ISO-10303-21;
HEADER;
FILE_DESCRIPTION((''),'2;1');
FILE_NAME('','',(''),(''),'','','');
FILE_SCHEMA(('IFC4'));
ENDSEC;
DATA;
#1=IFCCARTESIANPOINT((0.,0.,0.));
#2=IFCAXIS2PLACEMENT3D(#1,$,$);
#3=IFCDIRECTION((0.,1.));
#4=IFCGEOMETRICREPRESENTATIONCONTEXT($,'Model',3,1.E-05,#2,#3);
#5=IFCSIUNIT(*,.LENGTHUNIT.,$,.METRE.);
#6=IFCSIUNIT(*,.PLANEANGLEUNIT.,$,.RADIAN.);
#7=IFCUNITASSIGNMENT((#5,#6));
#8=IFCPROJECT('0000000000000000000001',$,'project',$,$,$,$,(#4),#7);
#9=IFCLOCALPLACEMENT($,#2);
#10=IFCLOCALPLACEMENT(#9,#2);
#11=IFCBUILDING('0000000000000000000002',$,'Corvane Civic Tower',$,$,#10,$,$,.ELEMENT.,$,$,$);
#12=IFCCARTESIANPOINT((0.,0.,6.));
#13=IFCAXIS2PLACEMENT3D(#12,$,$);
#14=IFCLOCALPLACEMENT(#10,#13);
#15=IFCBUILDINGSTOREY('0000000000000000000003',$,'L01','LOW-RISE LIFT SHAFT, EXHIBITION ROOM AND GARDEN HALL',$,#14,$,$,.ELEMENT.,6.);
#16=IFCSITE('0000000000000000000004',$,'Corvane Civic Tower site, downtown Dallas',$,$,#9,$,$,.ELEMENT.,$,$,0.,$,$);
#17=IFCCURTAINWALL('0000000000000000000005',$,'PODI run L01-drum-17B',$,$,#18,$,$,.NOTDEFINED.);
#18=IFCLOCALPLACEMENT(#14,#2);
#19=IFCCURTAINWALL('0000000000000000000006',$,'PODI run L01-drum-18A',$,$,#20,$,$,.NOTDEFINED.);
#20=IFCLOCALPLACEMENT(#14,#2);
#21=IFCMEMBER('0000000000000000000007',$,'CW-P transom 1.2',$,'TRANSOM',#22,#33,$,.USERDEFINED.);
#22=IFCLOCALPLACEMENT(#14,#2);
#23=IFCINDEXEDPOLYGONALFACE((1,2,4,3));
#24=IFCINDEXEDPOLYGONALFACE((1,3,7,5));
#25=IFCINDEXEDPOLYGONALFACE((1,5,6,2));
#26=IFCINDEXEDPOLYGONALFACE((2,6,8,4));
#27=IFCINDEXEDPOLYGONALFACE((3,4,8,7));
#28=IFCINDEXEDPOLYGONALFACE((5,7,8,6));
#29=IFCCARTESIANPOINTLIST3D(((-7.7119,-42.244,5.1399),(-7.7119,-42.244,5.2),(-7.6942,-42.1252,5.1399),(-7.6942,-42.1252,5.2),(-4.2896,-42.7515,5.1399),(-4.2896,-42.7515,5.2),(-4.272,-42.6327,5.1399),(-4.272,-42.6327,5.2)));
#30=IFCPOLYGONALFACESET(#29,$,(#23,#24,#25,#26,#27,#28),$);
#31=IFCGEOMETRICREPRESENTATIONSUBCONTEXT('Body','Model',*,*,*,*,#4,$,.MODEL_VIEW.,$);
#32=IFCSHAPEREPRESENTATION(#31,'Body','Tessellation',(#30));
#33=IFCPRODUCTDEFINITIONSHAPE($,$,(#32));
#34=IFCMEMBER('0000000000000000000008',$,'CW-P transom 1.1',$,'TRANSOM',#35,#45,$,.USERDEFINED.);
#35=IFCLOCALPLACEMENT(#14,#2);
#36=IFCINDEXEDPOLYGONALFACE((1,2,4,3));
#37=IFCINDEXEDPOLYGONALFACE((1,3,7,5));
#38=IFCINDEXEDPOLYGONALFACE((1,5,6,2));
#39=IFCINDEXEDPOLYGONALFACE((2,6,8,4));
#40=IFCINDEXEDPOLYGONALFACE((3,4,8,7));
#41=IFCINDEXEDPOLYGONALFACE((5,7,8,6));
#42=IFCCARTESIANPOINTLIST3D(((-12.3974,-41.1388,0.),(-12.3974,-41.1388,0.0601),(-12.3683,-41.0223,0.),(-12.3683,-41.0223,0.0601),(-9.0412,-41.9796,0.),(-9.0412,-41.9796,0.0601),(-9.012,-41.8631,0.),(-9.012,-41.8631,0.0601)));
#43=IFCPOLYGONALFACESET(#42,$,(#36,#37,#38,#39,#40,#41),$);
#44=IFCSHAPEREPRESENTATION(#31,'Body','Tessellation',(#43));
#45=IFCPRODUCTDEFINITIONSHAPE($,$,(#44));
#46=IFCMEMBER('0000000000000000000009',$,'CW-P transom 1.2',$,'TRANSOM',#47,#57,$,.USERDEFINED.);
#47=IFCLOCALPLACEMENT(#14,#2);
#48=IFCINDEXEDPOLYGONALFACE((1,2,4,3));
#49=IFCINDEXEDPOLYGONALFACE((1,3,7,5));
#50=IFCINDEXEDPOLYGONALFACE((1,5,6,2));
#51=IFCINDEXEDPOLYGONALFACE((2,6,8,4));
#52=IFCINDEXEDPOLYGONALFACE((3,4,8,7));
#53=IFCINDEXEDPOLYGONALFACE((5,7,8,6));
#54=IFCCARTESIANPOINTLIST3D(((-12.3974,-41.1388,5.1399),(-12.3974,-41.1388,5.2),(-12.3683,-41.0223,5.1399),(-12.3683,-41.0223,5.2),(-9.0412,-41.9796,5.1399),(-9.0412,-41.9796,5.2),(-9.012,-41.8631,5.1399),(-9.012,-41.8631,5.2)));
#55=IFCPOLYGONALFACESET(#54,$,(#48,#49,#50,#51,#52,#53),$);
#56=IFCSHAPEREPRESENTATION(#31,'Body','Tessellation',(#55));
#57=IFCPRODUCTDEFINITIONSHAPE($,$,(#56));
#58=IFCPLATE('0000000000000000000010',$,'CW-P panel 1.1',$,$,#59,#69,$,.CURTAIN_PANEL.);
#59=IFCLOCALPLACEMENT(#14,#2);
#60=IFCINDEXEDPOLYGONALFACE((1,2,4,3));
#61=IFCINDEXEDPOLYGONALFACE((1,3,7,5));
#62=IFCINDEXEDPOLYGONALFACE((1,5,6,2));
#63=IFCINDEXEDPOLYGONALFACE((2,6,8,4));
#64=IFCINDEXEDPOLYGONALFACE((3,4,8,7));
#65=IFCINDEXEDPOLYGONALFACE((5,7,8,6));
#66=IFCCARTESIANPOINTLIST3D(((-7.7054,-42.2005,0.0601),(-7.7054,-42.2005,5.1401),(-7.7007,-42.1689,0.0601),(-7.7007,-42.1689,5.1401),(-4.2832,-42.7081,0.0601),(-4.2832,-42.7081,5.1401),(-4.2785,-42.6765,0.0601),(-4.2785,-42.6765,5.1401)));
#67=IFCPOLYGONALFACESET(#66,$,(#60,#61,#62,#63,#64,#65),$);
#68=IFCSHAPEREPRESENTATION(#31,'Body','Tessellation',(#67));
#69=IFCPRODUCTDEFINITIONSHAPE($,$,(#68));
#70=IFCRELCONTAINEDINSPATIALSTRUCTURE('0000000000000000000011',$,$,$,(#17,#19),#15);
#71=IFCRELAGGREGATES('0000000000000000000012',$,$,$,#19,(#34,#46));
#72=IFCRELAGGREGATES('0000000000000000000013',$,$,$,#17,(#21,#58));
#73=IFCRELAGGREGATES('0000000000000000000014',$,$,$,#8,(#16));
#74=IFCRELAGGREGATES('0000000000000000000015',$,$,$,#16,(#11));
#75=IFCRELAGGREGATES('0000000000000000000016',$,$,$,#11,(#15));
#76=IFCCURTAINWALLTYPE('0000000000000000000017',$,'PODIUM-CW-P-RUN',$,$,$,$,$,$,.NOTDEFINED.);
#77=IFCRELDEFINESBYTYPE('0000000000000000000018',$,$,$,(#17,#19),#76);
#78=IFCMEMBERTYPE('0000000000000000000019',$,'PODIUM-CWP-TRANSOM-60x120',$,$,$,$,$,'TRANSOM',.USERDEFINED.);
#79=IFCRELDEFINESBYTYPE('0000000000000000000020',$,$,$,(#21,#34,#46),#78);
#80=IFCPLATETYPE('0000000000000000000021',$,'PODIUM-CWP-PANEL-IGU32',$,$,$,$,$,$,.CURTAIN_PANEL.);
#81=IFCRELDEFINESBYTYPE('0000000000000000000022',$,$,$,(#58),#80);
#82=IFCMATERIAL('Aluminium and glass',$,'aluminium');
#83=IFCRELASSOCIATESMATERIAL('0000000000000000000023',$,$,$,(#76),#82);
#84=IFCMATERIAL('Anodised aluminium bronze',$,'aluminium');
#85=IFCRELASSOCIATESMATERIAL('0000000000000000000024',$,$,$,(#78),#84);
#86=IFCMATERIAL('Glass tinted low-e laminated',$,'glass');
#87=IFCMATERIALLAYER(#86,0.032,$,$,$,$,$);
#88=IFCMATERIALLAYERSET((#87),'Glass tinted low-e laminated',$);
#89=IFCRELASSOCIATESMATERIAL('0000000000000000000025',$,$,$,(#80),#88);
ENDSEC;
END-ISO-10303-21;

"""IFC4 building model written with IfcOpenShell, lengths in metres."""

from ifc_helpers import new_model, si_unit, direction, frame, origin, origin_2d, place, context, subcontext, project, spatial, rectangle, extrude, material, layer, layer_set, material_profile, profile_set, type_object, element, aggregate, save


model = new_model("IFC4")

# Units and contexts
model_context = context("Model", 3, precision=1e-05, world=origin(), true_north=direction((0.0, 1.0)))
body_context = subcontext(model_context, "Body", "Model", "MODEL_VIEW")
ifc_project = project(units=[si_unit("LENGTHUNIT", "METRE"), si_unit("PLANEANGLEUNIT", "RADIAN")], contexts=[model_context])

# Site, building, storey
site_placement = place(None, origin())
site = spatial("IfcSite", under=ifc_project, at=site_placement, Name="Corvane Civic Tower site, downtown Dallas", CompositionType="ELEMENT", RefElevation=0.0)
building_placement = place(site_placement, origin())
building = spatial("IfcBuilding", under=site, at=building_placement, Name="Corvane Civic Tower", CompositionType="ELEMENT")
storey_placement = place(building_placement, frame((0.0, 0.0, 6.0)))
storey = spatial("IfcBuildingStorey", under=building, at=storey_placement, Name="L01", Description="LOW-RISE LIFT SHAFT, EXHIBITION ROOM AND GARDEN HALL", CompositionType="ELEMENT", Elevation=6.0)

# Curtain wall
ifc_material_1 = material(Name="Aluminium and glass", Category="aluminium")
curtain_wall_type = type_object("IfcCurtainWallType", Name="PODIUM-CW-P-RUN", PredefinedType="NOTDEFINED", material=ifc_material_1)
curtain_wall_1_placement = place(storey_placement, origin())
curtain_wall_1 = element("IfcCurtainWall", 1, at=curtain_wall_1_placement, inside=storey, type_object=curtain_wall_type, Name="PODI run L01-drum-17B", PredefinedType="NOTDEFINED")

# Curtain wall
curtain_wall_2_placement = place(storey_placement, origin())
curtain_wall_2 = element("IfcCurtainWall", 2, at=curtain_wall_2_placement, inside=storey, type_object=curtain_wall_type, Name="PODI run L01-drum-18A", PredefinedType="NOTDEFINED")

# Members
ifc_material_2 = material(Name="Anodised aluminium bronze", Category="aluminium")
ifc_material_profile_1 = material_profile(ifc_material_2, rectangle(XDim=0.1201, YDim=0.0601, at=origin_2d()), Name="AL 120x60")
ifc_profile_set_1 = profile_set([ifc_material_profile_1], Name="Anodised aluminium bronze")
member_type_1 = type_object("IfcMemberType", Name="PODIUM-CWP-TRANSOM-60x120", ElementType="TRANSOM", PredefinedType="USERDEFINED", material=ifc_profile_set_1)
member_1_placement = place(storey_placement, frame((-4.2808, -42.6921, 5.1699), z_axis=(-0.98918, 0.146705, 0.0), x_axis=(-0.146705, -0.98918, 0.0)))
member_1 = element("IfcMember", 3, at=member_1_placement, type_object=member_type_1, Name="CW-P transom 1.2", ObjectType="TRANSOM", PredefinedType="USERDEFINED", context=body_context, shape_type="SweptSolid", body=[
    extrude(rectangle(XDim=0.1201, YDim=0.0601, at=origin_2d()), origin(), (0.0, 0.0, 1.0), 3.4597),
])
member_2_placement = place(storey_placement, frame((-9.0266, -41.9214, 0.03), z_axis=(-0.970022, 0.243017, 0.0), x_axis=(-0.243017, -0.970022, 0.0)))
member_2 = element("IfcMember", 4, at=member_2_placement, type_object=member_type_1, Name="CW-P transom 1.1", ObjectType="TRANSOM", PredefinedType="USERDEFINED", context=body_context, shape_type="SweptSolid", body=[
    extrude(rectangle(XDim=0.1201, YDim=0.0601, at=origin_2d()), origin(), (0.0, 0.0, 1.0), 3.46),
])
member_3_placement = place(storey_placement, frame((-9.0266, -41.9214, 5.1699), z_axis=(-0.970022, 0.243017, 0.0), x_axis=(-0.243017, -0.970022, 0.0)))
member_3 = element("IfcMember", 5, at=member_3_placement, type_object=member_type_1, Name="CW-P transom 1.2", ObjectType="TRANSOM", PredefinedType="USERDEFINED", context=body_context, shape_type="SweptSolid", body=[
    extrude(rectangle(XDim=0.1201, YDim=0.0601, at=origin_2d()), origin(), (0.0, 0.0, 1.0), 3.46),
])
aggregate(curtain_wall_2, [member_2, member_3])

# Plate
ifc_material_3 = material(Name="Glass tinted low-e laminated", Category="glass")
ifc_layer_1 = layer(ifc_material_3, 0.032)
ifc_layer_set_1 = layer_set([ifc_layer_1], Name="Glass tinted low-e laminated")
plate_type = type_object("IfcPlateType", Name="PODIUM-CWP-PANEL-IGU32", PredefinedType="CURTAIN_PANEL", material=ifc_layer_set_1)
plate_placement = place(storey_placement, frame((-5.9919, -42.4385, 0.0601), z_axis=(0.0, 0.0, 1.0), x_axis=(-0.989179, 0.146715, 0.0)))
plate = element("IfcPlate", 6, at=plate_placement, type_object=plate_type, Name="CW-P panel 1.1", PredefinedType="CURTAIN_PANEL", context=body_context, shape_type="SweptSolid", body=[
    extrude(rectangle(XDim=3.4597, YDim=0.032, at=origin_2d()), origin(), (0.0, 0.0, 1.0), 5.0801),
])
aggregate(curtain_wall_1, [member_1, plate])

save(model, "model.ifc")
